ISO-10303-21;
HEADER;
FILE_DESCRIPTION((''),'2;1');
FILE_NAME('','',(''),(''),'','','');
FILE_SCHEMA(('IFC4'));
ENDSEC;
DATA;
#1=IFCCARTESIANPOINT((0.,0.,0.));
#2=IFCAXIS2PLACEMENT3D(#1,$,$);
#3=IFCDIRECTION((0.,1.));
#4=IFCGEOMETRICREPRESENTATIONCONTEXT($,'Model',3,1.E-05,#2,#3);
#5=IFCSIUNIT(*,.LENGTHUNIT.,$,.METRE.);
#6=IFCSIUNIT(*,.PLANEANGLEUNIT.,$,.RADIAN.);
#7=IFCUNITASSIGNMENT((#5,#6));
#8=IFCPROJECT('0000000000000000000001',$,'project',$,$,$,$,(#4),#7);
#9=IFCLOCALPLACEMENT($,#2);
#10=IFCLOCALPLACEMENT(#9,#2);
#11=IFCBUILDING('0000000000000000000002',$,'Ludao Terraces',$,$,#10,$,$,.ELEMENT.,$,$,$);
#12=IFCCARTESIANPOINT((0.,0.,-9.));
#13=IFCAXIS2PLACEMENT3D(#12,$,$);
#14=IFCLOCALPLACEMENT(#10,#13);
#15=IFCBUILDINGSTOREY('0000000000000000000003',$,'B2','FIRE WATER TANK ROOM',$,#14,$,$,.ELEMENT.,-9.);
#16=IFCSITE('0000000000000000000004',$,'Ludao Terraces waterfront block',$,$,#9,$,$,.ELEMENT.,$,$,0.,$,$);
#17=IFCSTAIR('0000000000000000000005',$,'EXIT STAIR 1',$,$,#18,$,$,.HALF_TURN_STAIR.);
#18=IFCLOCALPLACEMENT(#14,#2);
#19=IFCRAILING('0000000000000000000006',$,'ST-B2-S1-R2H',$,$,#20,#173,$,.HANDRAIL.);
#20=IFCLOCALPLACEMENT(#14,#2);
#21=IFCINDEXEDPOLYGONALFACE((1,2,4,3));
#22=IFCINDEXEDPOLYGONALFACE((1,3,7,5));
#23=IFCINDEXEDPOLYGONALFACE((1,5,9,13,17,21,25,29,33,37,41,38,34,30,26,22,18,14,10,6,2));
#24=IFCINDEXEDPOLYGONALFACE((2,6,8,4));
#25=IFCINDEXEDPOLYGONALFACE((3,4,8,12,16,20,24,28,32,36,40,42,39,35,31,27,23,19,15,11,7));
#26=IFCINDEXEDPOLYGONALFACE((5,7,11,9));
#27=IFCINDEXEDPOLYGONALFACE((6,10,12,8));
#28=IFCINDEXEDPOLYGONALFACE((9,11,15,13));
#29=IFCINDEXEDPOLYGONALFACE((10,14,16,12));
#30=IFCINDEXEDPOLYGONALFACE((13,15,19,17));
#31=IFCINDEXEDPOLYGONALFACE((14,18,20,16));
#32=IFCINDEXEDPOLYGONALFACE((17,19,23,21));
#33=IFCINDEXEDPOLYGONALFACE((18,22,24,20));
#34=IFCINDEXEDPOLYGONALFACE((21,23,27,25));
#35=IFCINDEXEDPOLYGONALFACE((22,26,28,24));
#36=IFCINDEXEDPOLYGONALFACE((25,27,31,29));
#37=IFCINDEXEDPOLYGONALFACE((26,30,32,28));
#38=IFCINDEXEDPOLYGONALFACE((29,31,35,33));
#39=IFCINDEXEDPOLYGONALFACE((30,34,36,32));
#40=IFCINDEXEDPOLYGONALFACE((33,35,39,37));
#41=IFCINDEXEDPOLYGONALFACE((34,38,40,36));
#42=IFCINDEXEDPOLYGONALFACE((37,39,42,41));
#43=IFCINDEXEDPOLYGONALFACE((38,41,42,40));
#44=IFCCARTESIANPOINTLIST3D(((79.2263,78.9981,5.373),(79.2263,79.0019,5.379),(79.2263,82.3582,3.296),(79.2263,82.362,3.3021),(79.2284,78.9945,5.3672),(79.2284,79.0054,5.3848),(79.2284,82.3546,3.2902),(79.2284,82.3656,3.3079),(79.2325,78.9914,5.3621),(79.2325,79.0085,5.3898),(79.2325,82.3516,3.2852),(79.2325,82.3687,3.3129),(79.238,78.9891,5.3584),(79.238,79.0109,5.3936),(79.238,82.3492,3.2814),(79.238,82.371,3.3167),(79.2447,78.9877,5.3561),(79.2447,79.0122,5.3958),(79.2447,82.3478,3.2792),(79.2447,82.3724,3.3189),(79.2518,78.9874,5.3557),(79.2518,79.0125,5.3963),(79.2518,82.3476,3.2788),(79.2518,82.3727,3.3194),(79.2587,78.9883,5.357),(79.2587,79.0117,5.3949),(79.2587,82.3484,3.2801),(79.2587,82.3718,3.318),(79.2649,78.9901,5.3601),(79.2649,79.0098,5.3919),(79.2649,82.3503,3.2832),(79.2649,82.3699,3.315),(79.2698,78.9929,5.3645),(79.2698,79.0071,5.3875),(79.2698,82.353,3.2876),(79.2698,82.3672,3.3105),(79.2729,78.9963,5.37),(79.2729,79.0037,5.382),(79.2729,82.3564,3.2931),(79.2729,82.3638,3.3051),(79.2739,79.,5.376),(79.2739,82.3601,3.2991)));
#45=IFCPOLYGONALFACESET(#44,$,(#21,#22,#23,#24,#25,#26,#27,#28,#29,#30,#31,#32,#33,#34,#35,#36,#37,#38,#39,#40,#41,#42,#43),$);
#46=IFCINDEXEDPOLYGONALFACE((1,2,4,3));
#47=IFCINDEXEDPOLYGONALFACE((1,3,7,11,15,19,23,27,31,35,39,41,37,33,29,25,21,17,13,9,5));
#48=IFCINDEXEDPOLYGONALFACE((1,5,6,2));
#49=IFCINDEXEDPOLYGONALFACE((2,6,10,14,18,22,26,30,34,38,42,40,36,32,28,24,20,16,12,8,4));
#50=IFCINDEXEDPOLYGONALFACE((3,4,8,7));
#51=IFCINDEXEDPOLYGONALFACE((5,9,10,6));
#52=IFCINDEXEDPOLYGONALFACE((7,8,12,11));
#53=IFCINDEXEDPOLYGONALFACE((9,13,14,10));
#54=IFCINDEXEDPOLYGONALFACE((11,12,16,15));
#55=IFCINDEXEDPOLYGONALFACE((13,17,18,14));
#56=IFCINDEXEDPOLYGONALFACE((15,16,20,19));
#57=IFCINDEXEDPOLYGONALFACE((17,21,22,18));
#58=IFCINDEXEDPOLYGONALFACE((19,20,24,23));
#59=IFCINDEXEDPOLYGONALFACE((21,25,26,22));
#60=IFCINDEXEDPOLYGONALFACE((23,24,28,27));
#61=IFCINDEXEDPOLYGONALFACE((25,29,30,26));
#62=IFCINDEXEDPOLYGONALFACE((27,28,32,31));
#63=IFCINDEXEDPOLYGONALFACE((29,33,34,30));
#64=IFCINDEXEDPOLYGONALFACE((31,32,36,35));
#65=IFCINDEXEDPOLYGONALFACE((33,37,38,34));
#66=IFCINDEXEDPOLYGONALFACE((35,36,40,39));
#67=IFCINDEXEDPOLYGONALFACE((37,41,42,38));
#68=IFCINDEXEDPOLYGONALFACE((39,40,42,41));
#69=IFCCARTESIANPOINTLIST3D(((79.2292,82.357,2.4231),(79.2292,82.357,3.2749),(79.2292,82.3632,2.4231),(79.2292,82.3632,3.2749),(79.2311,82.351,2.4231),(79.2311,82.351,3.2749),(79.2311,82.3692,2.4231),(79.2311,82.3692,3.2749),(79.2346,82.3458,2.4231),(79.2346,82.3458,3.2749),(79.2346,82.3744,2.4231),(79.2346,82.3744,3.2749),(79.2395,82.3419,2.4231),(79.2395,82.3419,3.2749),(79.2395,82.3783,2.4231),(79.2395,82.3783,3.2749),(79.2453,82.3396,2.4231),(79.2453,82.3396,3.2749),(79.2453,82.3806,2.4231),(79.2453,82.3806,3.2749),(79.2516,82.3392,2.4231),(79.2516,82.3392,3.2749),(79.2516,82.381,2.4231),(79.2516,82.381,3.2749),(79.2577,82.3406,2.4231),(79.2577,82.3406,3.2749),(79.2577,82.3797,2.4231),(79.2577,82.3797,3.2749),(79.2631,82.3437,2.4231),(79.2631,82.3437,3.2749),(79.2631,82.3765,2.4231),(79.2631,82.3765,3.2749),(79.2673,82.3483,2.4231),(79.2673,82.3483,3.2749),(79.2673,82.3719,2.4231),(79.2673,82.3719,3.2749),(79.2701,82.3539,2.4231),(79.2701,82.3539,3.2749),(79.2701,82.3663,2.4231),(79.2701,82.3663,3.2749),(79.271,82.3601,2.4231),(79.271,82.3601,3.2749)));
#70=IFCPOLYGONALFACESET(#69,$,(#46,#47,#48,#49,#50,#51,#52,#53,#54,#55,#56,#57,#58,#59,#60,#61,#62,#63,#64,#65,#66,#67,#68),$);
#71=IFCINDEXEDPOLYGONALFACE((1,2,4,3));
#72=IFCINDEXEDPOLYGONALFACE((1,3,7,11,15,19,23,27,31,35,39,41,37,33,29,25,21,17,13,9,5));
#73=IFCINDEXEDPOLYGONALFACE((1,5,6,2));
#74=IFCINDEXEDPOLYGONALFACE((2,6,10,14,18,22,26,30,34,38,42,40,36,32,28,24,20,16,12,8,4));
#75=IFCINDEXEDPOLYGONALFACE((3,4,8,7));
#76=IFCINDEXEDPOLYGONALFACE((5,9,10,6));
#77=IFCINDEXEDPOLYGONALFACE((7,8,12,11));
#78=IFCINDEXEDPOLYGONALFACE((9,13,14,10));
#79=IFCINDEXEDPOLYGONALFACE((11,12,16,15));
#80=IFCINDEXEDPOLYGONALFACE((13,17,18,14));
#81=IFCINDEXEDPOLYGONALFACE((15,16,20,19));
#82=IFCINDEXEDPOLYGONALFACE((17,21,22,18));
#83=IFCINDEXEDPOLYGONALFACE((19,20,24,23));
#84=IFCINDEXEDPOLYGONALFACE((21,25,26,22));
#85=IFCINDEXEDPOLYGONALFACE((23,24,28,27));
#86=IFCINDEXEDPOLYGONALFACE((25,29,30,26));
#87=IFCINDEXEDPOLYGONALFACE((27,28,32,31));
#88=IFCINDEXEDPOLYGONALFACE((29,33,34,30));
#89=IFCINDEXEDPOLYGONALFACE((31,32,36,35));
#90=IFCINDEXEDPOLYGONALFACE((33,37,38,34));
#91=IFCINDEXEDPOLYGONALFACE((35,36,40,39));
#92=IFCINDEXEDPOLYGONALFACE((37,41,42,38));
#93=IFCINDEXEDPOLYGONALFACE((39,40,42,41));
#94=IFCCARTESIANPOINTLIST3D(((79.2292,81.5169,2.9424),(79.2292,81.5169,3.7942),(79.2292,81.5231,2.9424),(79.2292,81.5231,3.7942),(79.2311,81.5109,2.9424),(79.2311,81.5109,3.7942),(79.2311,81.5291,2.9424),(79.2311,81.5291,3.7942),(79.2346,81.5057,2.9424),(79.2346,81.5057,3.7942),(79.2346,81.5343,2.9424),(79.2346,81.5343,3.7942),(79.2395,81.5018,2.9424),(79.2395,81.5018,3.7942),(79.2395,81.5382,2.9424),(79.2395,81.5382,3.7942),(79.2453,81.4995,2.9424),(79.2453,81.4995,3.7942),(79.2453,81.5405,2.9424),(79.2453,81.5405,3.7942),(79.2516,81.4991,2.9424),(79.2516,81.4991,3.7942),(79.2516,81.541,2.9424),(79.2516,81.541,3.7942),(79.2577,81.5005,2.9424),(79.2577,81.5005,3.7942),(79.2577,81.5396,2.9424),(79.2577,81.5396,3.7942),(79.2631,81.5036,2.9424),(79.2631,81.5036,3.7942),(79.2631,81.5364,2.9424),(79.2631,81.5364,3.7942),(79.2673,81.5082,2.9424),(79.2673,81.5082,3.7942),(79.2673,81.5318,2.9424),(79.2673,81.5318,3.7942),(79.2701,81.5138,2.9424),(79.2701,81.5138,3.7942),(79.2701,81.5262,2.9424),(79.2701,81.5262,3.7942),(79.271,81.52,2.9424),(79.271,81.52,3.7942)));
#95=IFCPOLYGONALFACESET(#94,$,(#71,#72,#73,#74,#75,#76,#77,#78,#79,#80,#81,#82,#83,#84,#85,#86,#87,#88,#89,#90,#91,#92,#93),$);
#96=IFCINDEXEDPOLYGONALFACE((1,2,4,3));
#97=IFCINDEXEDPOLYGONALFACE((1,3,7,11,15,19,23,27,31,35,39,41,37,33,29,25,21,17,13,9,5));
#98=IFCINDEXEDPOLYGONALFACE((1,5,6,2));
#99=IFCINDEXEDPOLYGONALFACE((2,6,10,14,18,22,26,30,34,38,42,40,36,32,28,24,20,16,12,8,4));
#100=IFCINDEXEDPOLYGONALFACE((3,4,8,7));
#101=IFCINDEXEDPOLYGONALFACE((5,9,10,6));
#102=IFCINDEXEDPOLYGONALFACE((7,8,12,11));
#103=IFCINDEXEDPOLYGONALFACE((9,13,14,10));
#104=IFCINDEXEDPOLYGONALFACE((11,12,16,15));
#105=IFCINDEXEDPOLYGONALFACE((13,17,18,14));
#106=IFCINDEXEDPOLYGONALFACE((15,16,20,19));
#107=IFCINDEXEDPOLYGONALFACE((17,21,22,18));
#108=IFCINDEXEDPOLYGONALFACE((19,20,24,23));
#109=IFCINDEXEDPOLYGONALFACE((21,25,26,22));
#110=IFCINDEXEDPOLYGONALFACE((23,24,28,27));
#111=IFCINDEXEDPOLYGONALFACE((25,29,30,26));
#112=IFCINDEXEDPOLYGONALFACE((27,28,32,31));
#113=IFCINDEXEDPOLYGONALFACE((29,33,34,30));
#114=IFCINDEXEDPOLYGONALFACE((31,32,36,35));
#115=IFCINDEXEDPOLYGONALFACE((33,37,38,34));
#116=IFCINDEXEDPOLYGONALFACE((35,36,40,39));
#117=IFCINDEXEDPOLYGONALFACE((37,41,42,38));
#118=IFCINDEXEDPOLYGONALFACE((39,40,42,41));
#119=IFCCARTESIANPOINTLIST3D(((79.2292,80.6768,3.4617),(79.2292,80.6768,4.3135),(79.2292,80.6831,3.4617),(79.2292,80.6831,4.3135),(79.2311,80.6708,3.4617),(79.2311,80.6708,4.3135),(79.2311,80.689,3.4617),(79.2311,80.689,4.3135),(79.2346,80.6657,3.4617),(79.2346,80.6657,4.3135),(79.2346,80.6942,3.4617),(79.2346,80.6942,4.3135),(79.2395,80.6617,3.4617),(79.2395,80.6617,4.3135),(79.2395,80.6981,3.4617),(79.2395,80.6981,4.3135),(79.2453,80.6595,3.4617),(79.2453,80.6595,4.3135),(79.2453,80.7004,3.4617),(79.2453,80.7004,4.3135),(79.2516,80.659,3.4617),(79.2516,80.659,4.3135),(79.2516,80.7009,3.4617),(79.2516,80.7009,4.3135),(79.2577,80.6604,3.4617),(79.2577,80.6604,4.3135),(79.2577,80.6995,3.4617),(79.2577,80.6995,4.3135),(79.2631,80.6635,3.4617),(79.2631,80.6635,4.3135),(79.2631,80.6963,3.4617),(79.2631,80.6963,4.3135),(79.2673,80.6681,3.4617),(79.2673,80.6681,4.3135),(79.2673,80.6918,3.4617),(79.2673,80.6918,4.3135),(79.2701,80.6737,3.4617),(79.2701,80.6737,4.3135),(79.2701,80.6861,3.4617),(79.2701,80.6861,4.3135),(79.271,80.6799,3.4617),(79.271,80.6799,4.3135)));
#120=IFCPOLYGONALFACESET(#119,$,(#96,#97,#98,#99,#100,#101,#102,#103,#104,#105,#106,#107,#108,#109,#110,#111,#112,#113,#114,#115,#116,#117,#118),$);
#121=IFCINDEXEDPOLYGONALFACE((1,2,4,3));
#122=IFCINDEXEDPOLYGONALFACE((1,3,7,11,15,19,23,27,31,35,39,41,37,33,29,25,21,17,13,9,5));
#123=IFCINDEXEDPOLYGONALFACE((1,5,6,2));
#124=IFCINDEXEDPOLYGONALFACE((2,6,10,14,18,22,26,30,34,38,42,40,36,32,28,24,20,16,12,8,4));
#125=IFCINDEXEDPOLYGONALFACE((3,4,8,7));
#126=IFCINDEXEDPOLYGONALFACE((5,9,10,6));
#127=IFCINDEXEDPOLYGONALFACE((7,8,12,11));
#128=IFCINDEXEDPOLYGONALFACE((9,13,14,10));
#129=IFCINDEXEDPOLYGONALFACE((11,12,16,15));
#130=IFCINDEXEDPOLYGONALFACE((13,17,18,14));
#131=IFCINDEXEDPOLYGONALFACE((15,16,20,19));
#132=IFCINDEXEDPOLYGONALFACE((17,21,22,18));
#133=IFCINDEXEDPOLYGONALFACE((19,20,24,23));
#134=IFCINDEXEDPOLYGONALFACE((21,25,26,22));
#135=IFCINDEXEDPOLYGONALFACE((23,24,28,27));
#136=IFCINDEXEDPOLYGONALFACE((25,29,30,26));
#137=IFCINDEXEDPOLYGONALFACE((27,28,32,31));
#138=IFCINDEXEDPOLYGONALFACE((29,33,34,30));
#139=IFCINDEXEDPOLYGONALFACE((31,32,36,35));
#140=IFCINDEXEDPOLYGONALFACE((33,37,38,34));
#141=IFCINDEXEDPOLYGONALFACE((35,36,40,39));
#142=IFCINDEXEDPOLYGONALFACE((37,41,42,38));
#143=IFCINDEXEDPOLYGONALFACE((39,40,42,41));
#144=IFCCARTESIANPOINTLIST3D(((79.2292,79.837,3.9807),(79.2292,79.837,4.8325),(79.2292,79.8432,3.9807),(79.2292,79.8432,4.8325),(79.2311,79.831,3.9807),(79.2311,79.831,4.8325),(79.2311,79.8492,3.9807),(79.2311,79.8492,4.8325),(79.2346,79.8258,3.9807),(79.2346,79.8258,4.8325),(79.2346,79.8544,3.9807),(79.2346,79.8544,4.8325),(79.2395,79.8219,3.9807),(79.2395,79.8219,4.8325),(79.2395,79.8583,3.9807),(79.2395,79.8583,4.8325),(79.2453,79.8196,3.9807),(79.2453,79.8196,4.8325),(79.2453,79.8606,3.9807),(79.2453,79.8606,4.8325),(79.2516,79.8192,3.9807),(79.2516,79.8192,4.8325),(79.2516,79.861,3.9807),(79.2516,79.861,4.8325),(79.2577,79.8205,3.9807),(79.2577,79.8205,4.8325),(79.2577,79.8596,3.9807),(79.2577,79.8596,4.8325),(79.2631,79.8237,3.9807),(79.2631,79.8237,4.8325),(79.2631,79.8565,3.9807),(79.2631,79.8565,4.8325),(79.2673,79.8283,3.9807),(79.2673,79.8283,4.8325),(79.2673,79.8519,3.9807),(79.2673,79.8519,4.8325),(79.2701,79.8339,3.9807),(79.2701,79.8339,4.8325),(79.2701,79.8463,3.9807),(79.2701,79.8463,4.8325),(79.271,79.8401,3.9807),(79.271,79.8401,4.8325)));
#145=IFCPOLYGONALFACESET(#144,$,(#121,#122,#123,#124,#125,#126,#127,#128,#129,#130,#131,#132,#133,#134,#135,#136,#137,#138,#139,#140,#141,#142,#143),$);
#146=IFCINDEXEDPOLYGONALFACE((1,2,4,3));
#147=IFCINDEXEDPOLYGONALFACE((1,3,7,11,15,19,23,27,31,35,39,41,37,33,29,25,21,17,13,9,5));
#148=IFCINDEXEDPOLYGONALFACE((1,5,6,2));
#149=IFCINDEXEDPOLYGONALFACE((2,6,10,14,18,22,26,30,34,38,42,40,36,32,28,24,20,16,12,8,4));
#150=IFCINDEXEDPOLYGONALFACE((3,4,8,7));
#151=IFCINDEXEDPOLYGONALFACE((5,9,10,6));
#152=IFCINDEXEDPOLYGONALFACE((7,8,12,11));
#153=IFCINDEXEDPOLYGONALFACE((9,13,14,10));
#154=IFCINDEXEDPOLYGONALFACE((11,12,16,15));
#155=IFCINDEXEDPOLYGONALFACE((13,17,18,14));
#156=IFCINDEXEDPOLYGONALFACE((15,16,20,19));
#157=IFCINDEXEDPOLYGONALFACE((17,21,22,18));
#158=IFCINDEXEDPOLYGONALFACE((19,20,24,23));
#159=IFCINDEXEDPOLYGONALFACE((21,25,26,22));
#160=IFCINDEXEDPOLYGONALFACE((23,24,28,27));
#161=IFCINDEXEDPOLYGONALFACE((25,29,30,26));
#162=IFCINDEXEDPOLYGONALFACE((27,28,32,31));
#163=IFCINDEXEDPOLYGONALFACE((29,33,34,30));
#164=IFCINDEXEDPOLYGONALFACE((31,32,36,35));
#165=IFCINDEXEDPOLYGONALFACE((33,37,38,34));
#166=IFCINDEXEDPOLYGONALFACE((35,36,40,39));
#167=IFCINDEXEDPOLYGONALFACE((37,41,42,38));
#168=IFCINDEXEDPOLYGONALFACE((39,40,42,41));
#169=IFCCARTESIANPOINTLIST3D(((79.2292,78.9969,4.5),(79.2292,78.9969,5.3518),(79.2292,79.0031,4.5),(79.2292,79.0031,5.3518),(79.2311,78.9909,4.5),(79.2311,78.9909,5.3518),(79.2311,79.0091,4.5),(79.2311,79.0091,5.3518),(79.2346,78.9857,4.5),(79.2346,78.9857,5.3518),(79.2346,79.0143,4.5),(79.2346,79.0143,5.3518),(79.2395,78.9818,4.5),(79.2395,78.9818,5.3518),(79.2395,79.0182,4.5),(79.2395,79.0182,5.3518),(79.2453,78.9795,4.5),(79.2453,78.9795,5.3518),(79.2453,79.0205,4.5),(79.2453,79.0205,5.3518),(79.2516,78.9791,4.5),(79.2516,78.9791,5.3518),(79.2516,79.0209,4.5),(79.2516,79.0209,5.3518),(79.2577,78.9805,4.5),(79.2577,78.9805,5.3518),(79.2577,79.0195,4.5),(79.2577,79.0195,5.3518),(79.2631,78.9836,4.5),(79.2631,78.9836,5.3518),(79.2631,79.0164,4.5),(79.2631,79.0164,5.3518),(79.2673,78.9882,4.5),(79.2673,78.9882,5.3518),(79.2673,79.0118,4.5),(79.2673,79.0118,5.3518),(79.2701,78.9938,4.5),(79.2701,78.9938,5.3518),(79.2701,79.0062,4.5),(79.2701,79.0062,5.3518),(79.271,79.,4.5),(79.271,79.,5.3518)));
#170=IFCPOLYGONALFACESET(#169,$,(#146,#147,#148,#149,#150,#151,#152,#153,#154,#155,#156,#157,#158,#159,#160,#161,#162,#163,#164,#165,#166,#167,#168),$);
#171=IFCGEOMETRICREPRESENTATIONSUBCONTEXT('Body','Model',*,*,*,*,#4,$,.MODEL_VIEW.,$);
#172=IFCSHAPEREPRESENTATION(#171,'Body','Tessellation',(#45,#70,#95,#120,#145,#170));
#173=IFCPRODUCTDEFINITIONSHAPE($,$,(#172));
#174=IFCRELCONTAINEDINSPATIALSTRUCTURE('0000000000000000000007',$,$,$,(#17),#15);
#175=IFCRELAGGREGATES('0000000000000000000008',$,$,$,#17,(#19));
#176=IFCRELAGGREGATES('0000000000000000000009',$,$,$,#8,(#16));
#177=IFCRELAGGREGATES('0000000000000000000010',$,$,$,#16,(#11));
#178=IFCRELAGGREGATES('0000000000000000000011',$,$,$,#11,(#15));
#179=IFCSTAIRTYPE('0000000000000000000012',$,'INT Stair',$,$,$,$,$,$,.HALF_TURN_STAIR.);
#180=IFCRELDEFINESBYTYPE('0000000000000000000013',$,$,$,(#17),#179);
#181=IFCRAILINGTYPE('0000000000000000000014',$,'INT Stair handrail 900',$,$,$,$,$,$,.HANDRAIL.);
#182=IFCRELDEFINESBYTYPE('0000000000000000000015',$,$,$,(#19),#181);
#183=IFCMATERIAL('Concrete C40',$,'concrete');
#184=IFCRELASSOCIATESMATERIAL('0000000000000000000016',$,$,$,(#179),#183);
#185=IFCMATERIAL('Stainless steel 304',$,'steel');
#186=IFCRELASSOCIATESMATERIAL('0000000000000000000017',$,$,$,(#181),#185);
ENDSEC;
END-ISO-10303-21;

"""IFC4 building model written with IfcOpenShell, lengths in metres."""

from ifc_helpers import new_model, si_unit, direction, frame, origin, origin_2d, place, context, subcontext, project, spatial, circle, extrude, material, type_object, element, aggregate, save


model = new_model("IFC4")

# Units and contexts
model_context = context("Model", 3, precision=1e-05, world=origin(), true_north=direction((0.0, 1.0)))
body_context = subcontext(model_context, "Body", "Model", "MODEL_VIEW")
ifc_project = project(units=[si_unit("LENGTHUNIT", "METRE"), si_unit("PLANEANGLEUNIT", "RADIAN")], contexts=[model_context])

# Site, building, storey
site_placement = place(None, origin())
site = spatial("IfcSite", under=ifc_project, at=site_placement, Name="Ludao Terraces waterfront block", CompositionType="ELEMENT", RefElevation=0.0)
building_placement = place(site_placement, origin())
building = spatial("IfcBuilding", under=site, at=building_placement, Name="Ludao Terraces", CompositionType="ELEMENT")
storey_placement = place(building_placement, frame((0.0, 0.0, -9.0)))
storey = spatial("IfcBuildingStorey", under=building, at=storey_placement, Name="B2", Description="FIRE WATER TANK ROOM", CompositionType="ELEMENT", Elevation=-9.0)

# Shared definitions
ifc_material_1 = material(Name="Concrete C40", Category="concrete")

# Stair, railing
stair_type = type_object("IfcStairType", Name="INT Stair", PredefinedType="HALF_TURN_STAIR", material=ifc_material_1)
stair_placement = place(storey_placement, origin())
stair = element("IfcStair", 1, at=stair_placement, inside=storey, type_object=stair_type, Name="EXIT STAIR 1", PredefinedType="HALF_TURN_STAIR")
ifc_material_2 = material(Name="Stainless steel 304", Category="steel")
railing_type_1 = type_object("IfcRailingType", Name="INT Stair handrail 900", PredefinedType="HANDRAIL", material=ifc_material_2)
railing_1_placement = place(storey_placement, frame((79.25, 82.3601, 2.4231)))
railing_1 = element("IfcRailing", 2, at=railing_1_placement, type_object=railing_type_1, Name="ST-B2-S1-R2H", PredefinedType="HANDRAIL", context=body_context, shape_type="SweptSolid", body=[
    extrude(circle(Radius=0.0239, at=origin_2d()), frame((0.0, 0.0, 0.876), z_axis=(0.0, -0.850623, 0.525776), x_axis=(1.0, 0.0, 0.0)), (0.0, 0.0, 1.0), 3.9502),
    extrude(circle(Radius=0.021, at=origin_2d()), origin(), (0.0, 0.0, 1.0), 0.8518),
    extrude(circle(Radius=0.021, at=origin_2d()), frame((0.0, -0.8401, 0.5193)), (0.0, 0.0, 1.0), 0.8518),
    extrude(circle(Radius=0.021, at=origin_2d()), frame((0.0, -1.6802, 1.0386)), (0.0, 0.0, 1.0), 0.8518),
    extrude(circle(Radius=0.021, at=origin_2d()), frame((0.0, -2.52, 1.5576)), (0.0, 0.0, 1.0), 0.8518),
    extrude(circle(Radius=0.021, at=origin_2d()), frame((0.0, -3.3601, 2.0769)), (0.0, 0.0, 1.0), 0.8518),
])
aggregate(stair, [railing_1])

save(model, "model.ifc")
